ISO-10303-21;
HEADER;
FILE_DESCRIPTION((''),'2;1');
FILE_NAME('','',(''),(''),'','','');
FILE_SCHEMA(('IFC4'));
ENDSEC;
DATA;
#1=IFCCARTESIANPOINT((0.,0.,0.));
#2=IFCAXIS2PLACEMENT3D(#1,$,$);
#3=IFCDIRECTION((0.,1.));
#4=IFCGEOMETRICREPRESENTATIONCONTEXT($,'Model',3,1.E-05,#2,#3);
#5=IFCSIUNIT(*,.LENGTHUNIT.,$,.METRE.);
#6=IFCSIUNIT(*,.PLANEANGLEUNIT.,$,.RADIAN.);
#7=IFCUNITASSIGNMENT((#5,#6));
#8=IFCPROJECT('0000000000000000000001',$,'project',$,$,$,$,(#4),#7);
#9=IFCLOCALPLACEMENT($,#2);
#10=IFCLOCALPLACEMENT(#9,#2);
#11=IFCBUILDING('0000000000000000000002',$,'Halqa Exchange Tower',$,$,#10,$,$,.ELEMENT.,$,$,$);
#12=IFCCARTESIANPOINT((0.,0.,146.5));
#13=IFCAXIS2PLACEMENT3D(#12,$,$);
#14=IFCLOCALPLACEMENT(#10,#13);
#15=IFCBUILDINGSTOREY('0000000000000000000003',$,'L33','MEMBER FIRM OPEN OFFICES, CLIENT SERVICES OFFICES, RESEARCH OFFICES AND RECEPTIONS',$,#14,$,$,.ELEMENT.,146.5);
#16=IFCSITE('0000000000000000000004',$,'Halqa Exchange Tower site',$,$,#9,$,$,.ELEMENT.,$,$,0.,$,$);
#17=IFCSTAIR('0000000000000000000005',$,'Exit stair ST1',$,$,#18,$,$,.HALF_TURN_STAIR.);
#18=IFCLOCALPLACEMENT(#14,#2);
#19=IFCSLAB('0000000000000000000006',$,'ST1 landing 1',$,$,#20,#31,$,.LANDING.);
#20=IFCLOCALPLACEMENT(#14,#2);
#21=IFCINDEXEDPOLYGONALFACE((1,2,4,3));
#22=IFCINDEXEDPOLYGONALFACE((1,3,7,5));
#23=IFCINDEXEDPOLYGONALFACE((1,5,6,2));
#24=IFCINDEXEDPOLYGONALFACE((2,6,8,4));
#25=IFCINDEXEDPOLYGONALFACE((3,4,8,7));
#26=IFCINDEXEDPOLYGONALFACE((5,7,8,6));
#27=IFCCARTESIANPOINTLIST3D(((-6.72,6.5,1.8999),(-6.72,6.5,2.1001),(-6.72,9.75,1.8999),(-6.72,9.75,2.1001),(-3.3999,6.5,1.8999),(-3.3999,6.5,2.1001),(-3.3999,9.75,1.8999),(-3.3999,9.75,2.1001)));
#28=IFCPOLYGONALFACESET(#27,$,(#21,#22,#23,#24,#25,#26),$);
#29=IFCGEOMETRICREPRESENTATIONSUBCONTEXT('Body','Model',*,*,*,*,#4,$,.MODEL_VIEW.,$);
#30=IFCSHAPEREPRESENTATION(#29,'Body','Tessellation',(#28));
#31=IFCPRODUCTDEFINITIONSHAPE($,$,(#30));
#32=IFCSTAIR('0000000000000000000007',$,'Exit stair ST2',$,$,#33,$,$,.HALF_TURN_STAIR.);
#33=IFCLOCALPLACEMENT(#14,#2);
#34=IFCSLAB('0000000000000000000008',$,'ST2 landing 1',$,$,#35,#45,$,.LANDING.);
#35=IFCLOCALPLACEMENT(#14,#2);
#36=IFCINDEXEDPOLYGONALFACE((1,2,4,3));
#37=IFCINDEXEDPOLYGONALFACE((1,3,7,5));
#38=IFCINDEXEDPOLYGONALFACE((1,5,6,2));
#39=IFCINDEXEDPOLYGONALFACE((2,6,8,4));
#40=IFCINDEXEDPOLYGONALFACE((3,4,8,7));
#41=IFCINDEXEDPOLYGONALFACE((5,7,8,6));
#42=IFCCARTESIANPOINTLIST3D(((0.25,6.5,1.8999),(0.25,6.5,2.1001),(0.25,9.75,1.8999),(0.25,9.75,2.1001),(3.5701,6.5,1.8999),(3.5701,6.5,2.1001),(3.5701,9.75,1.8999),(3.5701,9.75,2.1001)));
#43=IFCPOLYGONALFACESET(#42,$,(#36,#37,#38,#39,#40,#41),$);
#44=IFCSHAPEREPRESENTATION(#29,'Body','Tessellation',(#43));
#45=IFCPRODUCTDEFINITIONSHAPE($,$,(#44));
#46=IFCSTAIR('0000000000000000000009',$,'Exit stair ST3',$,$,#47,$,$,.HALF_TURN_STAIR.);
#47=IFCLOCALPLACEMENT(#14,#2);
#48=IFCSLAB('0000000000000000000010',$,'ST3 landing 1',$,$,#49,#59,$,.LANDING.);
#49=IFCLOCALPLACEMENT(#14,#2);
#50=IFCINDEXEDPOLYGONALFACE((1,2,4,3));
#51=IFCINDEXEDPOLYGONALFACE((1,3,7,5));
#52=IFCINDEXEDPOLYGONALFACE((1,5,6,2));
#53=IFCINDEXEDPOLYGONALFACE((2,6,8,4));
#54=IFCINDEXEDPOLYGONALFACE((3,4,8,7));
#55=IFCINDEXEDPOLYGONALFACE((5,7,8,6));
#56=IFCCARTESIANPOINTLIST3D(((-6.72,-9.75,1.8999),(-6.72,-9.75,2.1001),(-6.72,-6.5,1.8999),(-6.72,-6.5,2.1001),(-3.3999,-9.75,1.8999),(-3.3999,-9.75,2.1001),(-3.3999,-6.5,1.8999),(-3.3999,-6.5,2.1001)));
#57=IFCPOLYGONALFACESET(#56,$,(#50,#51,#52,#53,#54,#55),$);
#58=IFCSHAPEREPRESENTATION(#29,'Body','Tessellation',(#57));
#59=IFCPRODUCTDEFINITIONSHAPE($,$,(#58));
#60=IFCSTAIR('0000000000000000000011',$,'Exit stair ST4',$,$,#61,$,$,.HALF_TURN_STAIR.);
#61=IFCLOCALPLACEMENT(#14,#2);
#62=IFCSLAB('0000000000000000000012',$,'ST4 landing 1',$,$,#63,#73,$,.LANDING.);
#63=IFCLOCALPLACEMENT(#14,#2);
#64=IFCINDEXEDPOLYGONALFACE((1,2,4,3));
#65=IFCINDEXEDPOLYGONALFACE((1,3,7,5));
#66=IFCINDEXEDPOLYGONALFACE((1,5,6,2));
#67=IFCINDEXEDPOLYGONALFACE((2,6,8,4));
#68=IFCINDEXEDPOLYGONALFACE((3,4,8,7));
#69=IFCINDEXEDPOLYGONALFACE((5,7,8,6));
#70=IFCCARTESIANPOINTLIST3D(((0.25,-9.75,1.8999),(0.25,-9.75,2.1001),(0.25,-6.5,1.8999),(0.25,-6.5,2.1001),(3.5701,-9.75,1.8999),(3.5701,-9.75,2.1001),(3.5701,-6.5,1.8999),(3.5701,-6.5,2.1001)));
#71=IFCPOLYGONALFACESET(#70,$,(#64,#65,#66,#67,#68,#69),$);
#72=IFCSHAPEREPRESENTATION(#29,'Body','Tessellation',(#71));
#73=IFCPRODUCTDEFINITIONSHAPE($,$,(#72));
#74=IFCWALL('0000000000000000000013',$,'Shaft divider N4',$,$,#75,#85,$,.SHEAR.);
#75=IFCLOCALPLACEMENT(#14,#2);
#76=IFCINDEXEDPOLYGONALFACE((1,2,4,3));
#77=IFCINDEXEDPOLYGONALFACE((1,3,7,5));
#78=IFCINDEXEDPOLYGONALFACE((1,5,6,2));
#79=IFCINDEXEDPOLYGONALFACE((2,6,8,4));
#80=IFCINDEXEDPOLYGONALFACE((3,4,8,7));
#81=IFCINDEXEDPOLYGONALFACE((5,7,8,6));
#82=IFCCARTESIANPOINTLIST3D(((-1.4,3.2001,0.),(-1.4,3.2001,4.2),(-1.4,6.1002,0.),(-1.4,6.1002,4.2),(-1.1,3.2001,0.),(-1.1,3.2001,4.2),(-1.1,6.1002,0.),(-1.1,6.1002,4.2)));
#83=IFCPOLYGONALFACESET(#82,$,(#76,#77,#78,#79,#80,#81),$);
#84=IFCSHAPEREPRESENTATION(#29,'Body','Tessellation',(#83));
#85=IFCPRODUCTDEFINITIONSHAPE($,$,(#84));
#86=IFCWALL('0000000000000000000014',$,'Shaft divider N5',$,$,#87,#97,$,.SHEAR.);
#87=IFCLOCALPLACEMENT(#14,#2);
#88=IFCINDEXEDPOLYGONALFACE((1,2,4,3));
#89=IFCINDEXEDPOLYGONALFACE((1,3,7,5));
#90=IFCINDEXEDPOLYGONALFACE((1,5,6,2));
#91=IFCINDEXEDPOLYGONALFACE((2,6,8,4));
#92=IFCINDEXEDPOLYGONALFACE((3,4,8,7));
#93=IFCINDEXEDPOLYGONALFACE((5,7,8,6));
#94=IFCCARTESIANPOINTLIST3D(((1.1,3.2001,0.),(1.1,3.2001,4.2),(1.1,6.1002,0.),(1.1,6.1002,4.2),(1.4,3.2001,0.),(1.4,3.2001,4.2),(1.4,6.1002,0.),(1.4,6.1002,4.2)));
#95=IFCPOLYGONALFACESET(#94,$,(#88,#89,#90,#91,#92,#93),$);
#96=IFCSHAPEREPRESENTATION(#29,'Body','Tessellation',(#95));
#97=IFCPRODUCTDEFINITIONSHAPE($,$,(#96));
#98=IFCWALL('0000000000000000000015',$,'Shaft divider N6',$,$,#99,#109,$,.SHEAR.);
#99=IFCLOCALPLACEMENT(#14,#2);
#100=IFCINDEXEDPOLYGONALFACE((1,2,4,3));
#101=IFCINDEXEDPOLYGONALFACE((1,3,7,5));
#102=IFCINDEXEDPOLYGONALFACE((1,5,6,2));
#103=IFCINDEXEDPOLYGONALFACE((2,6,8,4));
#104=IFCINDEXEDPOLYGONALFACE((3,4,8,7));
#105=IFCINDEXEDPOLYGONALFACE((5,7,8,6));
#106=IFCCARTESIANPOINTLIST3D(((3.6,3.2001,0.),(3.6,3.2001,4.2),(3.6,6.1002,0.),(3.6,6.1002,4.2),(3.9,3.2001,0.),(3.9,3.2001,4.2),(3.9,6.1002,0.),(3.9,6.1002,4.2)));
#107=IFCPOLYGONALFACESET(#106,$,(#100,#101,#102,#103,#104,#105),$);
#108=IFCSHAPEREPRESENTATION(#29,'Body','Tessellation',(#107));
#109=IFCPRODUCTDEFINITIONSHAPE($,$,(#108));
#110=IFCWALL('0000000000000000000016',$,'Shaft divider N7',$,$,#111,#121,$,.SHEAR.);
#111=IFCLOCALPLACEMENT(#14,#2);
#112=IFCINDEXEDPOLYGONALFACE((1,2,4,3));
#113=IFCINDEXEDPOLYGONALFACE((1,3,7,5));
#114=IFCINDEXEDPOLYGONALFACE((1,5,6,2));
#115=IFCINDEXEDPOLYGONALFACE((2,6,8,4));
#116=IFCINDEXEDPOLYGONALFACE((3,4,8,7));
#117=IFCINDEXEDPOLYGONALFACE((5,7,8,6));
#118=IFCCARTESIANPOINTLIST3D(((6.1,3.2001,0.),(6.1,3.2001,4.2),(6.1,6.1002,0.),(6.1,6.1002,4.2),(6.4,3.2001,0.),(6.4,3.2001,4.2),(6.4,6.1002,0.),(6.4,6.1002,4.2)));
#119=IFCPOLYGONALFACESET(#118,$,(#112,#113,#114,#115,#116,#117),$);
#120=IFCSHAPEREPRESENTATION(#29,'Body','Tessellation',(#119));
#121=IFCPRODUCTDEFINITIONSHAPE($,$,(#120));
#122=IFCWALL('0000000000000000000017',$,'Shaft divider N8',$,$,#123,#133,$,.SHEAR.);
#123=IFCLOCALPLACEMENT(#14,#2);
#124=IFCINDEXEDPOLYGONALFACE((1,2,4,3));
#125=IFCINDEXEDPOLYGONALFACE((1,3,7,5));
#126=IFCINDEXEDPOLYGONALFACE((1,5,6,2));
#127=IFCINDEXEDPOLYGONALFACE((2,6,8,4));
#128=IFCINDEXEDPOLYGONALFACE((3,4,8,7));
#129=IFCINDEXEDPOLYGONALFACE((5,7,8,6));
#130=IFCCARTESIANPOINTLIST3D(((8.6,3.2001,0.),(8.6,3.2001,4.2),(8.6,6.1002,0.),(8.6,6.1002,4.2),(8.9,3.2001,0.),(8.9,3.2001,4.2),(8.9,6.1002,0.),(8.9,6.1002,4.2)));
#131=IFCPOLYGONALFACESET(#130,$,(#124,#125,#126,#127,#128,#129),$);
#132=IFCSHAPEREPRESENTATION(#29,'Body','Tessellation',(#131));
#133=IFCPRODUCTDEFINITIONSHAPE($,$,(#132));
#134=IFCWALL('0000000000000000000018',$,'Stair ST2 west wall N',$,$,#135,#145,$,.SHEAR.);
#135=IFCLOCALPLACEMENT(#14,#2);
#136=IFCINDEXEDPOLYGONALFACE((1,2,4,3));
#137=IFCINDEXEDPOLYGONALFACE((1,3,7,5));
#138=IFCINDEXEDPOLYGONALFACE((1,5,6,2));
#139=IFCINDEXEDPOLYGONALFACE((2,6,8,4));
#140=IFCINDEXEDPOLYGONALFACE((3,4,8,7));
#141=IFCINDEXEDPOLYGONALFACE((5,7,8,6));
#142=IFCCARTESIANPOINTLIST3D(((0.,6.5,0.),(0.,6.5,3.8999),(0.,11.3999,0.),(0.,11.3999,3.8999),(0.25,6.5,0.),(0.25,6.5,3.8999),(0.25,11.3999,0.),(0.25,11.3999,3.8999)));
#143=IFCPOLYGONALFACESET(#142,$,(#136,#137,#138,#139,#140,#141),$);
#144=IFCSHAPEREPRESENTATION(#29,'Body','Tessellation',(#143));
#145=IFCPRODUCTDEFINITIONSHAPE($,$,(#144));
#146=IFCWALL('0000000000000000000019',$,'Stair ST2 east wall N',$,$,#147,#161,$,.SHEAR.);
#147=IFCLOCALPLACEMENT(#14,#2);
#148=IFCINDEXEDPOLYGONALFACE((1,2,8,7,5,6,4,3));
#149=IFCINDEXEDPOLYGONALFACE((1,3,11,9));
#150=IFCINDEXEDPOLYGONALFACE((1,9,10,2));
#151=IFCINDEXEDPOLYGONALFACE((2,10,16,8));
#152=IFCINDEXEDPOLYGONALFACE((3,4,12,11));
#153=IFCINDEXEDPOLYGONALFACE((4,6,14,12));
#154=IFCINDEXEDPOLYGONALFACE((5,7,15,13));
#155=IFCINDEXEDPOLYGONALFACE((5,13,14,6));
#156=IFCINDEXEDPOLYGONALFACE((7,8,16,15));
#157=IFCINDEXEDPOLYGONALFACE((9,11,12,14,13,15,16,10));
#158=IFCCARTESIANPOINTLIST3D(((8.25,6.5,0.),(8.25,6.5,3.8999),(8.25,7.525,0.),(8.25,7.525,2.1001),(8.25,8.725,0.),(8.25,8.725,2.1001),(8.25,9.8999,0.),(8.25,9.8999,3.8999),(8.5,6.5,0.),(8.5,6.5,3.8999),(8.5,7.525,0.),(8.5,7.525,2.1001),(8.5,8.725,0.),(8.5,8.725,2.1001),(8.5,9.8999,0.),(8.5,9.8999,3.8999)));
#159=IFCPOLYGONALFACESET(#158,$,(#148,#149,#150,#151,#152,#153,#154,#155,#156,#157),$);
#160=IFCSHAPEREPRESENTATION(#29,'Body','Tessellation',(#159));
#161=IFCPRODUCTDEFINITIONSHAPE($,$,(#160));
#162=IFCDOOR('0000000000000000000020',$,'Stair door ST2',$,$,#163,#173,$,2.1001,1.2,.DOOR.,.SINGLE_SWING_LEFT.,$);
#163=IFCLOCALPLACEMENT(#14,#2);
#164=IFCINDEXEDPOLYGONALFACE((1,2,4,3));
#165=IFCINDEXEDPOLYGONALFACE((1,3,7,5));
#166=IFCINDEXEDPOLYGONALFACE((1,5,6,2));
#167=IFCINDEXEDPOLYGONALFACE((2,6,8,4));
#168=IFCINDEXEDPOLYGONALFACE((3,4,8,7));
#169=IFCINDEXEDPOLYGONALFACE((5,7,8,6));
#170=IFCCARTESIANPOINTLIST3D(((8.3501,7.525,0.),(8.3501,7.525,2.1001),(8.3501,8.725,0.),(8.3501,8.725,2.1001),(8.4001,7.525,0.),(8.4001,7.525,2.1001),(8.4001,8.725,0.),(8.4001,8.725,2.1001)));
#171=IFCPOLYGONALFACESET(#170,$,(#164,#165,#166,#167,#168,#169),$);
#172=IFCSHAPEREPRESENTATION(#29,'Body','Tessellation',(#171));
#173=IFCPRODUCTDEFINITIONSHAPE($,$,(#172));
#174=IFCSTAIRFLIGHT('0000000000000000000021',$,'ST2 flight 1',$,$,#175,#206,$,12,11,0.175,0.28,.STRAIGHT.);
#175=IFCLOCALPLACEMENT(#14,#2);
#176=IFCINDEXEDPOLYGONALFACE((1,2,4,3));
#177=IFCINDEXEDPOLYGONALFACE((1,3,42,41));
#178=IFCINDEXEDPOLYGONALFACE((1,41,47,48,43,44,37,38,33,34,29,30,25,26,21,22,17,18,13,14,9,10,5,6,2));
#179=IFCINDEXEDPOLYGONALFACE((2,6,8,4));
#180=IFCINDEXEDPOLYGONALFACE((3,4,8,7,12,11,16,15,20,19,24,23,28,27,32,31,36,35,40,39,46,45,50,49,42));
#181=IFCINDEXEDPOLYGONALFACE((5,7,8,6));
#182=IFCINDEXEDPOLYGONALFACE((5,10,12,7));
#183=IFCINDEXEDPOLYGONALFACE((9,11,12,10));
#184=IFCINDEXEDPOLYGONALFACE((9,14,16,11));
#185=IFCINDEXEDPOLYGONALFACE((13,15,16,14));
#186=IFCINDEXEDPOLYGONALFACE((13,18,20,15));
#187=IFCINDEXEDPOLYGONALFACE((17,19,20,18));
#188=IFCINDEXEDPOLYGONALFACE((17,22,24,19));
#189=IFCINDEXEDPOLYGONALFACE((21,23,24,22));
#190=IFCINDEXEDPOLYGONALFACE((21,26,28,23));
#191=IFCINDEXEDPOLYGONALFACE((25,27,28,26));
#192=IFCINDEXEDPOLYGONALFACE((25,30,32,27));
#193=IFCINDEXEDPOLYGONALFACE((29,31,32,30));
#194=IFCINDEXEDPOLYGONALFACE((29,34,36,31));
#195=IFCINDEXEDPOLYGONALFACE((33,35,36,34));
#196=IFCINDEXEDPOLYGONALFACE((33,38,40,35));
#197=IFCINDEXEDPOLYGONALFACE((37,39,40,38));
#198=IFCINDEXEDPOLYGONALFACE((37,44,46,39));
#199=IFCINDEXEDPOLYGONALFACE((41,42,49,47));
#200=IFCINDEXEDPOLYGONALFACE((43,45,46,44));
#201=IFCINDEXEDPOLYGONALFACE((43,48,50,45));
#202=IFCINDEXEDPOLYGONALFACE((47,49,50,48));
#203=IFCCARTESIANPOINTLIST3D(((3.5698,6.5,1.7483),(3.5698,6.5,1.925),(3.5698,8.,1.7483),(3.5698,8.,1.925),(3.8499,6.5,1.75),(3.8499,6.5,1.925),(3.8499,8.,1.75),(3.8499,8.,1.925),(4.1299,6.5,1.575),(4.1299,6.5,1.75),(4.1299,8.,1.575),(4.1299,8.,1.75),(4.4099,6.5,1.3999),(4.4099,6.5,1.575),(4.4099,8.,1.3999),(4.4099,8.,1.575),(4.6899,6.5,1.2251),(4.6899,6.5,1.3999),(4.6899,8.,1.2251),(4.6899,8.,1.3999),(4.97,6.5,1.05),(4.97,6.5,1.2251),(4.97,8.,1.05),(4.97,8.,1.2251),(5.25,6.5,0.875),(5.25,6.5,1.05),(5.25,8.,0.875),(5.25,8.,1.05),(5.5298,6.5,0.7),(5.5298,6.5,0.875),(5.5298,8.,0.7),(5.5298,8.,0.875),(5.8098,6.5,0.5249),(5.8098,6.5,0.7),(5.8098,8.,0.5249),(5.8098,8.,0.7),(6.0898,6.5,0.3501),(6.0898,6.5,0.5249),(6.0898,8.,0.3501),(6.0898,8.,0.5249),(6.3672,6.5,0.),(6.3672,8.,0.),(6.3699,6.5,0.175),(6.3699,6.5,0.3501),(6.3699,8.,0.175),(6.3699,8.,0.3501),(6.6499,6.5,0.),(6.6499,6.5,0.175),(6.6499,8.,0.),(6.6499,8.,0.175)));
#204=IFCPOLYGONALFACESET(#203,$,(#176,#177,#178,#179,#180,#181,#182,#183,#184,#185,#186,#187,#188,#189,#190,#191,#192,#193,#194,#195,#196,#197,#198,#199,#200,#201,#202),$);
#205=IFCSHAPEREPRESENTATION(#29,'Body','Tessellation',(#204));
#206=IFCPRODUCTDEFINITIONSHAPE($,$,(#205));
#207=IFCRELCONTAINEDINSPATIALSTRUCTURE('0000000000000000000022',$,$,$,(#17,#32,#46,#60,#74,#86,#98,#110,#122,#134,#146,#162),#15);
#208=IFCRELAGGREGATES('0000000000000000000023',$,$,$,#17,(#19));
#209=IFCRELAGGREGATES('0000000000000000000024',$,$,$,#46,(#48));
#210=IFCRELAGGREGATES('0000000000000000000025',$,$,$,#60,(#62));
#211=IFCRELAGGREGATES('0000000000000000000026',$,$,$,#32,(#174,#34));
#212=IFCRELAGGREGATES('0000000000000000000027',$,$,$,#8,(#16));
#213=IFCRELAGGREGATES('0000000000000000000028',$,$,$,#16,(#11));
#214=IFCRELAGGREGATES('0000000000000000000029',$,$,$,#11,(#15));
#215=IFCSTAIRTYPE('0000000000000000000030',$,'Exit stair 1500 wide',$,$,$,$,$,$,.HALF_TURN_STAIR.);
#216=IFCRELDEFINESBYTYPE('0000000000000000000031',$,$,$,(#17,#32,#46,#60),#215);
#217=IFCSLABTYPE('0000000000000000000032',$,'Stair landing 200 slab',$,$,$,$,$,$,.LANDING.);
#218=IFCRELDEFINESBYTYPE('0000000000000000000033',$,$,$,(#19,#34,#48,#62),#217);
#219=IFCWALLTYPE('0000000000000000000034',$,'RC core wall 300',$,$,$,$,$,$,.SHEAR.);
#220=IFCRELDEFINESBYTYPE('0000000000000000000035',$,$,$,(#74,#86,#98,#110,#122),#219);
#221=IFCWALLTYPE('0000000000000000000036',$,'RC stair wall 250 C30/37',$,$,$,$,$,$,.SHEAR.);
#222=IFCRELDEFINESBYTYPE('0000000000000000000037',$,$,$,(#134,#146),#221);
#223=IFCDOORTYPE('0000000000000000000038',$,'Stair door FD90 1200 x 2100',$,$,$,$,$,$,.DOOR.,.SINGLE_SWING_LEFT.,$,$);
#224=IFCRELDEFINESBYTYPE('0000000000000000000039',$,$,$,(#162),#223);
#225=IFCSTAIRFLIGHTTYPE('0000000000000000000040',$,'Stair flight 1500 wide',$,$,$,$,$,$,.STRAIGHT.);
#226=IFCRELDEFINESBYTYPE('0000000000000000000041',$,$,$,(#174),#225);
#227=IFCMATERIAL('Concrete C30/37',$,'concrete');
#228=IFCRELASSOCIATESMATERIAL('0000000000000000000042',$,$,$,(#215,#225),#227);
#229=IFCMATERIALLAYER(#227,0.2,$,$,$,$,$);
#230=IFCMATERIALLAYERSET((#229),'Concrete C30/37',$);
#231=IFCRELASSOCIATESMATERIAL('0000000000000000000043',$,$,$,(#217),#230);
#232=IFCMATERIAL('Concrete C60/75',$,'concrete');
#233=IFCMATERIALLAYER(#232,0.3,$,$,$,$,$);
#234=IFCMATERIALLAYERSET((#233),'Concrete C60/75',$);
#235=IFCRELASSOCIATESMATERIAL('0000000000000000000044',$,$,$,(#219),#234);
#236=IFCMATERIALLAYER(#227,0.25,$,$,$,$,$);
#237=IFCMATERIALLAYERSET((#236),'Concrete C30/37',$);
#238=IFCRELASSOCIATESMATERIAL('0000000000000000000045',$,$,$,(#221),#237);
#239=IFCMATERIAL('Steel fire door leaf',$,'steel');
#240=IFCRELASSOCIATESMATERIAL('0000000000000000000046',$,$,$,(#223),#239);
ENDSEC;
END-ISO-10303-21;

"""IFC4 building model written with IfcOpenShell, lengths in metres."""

from ifc_helpers import new_model, si_unit, direction, frame, frame_2d, origin, place, context, subcontext, project, spatial, polyline, rectangle, outline, extrude, material, layer, layer_set, type_object, element, fill, aggregate, save


model = new_model("IFC4")

# Units and contexts
model_context = context("Model", 3, precision=1e-05, world=origin(), true_north=direction((0.0, 1.0)))
body_context = subcontext(model_context, "Body", "Model", "MODEL_VIEW")
ifc_project = project(units=[si_unit("LENGTHUNIT", "METRE"), si_unit("PLANEANGLEUNIT", "RADIAN")], contexts=[model_context])

# Site, building, storey
site_placement = place(None, origin())
site = spatial("IfcSite", under=ifc_project, at=site_placement, Name="Halqa Exchange Tower site", CompositionType="ELEMENT", RefElevation=0.0)
building_placement = place(site_placement, origin())
building = spatial("IfcBuilding", under=site, at=building_placement, Name="Halqa Exchange Tower", CompositionType="ELEMENT")
storey_placement = place(building_placement, frame((0.0, 0.0, 146.5)))
storey = spatial("IfcBuildingStorey", under=building, at=storey_placement, Name="L33", Description="MEMBER FIRM OPEN OFFICES, CLIENT SERVICES OFFICES, RESEARCH OFFICES AND RECEPTIONS", CompositionType="ELEMENT", Elevation=146.5)

# Stairs, slabs
ifc_material_1 = material(Name="Concrete C30/37", Category="concrete")
stair_type = type_object("IfcStairType", Name="Exit stair 1500 wide", PredefinedType="HALF_TURN_STAIR", material=ifc_material_1)
stair_1_placement = place(storey_placement, origin())
stair_1 = element("IfcStair", 1, at=stair_1_placement, inside=storey, type_object=stair_type, Name="Exit stair ST1", PredefinedType="HALF_TURN_STAIR")
ifc_layer_1 = layer(ifc_material_1, 0.2)
ifc_layer_set_1 = layer_set([ifc_layer_1], Name="Concrete C30/37")
slab_type = type_object("IfcSlabType", Name="Stair landing 200 slab", PredefinedType="LANDING", material=ifc_layer_set_1)
slab_1_placement = place(storey_placement, frame((0.0, 0.0, 1.8999)))
slab_1 = element("IfcSlab", 2, at=slab_1_placement, type_object=slab_type, Name="ST1 landing 1", PredefinedType="LANDING", context=body_context, shape_type="SweptSolid", body=[
    extrude(outline(polyline([(-6.72, 6.5), (-3.3999, 6.5), (-3.3999, 9.75), (-6.72, 9.75), (-6.72, 6.5)])), origin(), (0.0, 0.0, 1.0), 0.2002),
])
aggregate(stair_1, [slab_1])
stair_2_placement = place(storey_placement, origin())
stair_2 = element("IfcStair", 3, at=stair_2_placement, inside=storey, type_object=stair_type, Name="Exit stair ST2", PredefinedType="HALF_TURN_STAIR")
slab_2_placement = place(storey_placement, frame((0.0, 0.0, 1.8999)))
slab_2 = element("IfcSlab", 4, at=slab_2_placement, type_object=slab_type, Name="ST2 landing 1", PredefinedType="LANDING", context=body_context, shape_type="SweptSolid", body=[
    extrude(outline(polyline([(0.25, 6.5), (3.5701, 6.5), (3.5701, 9.75), (0.25, 9.75), (0.25, 6.5)])), origin(), (0.0, 0.0, 1.0), 0.2002),
])
stair_3_placement = place(storey_placement, origin())
stair_3 = element("IfcStair", 5, at=stair_3_placement, inside=storey, type_object=stair_type, Name="Exit stair ST3", PredefinedType="HALF_TURN_STAIR")
slab_3_placement = place(storey_placement, frame((0.0, 0.0, 1.8999)))
slab_3 = element("IfcSlab", 6, at=slab_3_placement, type_object=slab_type, Name="ST3 landing 1", PredefinedType="LANDING", context=body_context, shape_type="SweptSolid", body=[
    extrude(outline(polyline([(-6.72, -9.75), (-3.3999, -9.75), (-3.3999, -6.5), (-6.72, -6.5), (-6.72, -9.75)])), origin(), (0.0, 0.0, 1.0), 0.2002),
])
aggregate(stair_3, [slab_3])
stair_4_placement = place(storey_placement, origin())
stair_4 = element("IfcStair", 7, at=stair_4_placement, inside=storey, type_object=stair_type, Name="Exit stair ST4", PredefinedType="HALF_TURN_STAIR")
slab_4_placement = place(storey_placement, frame((0.0, 0.0, 1.8999)))
slab_4 = element("IfcSlab", 8, at=slab_4_placement, type_object=slab_type, Name="ST4 landing 1", PredefinedType="LANDING", context=body_context, shape_type="SweptSolid", body=[
    extrude(outline(polyline([(0.25, -9.75), (3.5701, -9.75), (3.5701, -6.5), (0.25, -6.5), (0.25, -9.75)])), origin(), (0.0, 0.0, 1.0), 0.2002),
])
aggregate(stair_4, [slab_4])

# Walls
ifc_material_2 = material(Name="Concrete C60/75", Category="concrete")
ifc_layer_2 = layer(ifc_material_2, 0.3)
ifc_layer_set_2 = layer_set([ifc_layer_2], Name="Concrete C60/75")
wall_type_1 = type_object("IfcWallType", Name="RC core wall 300", PredefinedType="SHEAR", material=ifc_layer_set_2)
for number, where, z_axis, x_axis, name in (
    (9, (-1.25, 3.2, 0.0), (0.0, 0.0, 1.0), (0.0, 1.0, 0.0), "Shaft divider N4"),
    (10, (1.25, 3.2, 0.0), (0.0, 0.0, 1.0), (0.0, 1.0, 0.0), "Shaft divider N5"),
    (11, (3.75, 3.2, 0.0), (0.0, 0.0, 1.0), (0.0, 1.0, 0.0), "Shaft divider N6"),
    (12, (6.25, 3.2, 0.0), (0.0, 0.0, 1.0), (0.0, 1.0, 0.0), "Shaft divider N7"),
    (13, (8.75, 3.2, 0.0), (0.0, 0.0, 1.0), (0.0, 1.0, 0.0), "Shaft divider N8"),
):
    element("IfcWall", number, at=place(storey_placement, frame(where, z_axis=z_axis, x_axis=x_axis)), inside=storey, type_object=wall_type_1, Name=name, PredefinedType="SHEAR", context=body_context, shape_type="SweptSolid", body=[
        extrude(rectangle(XDim=2.9001, YDim=0.3, at=frame_2d((1.4502, 0.0))), origin(), (0.0, 0.0, 1.0), 4.2),
    ])
ifc_layer_3 = layer(ifc_material_1, 0.25)
ifc_layer_set_3 = layer_set([ifc_layer_3], Name="Concrete C30/37")
wall_type_2 = type_object("IfcWallType", Name="RC stair wall 250 C30/37", PredefinedType="SHEAR", material=ifc_layer_set_3)
wall_1_placement = place(storey_placement, frame((0.125, 6.5, 0.0), z_axis=(0.0, 0.0, 1.0), x_axis=(0.0, 1.0, 0.0)))
element("IfcWall", 14, at=wall_1_placement, inside=storey, type_object=wall_type_2, Name="Stair ST2 west wall N", PredefinedType="SHEAR", context=body_context, shape_type="SweptSolid", body=[
    extrude(rectangle(XDim=4.8999, YDim=0.25, at=frame_2d((2.45, 0.0))), origin(), (0.0, 0.0, 1.0), 3.8999),
])

# Wall, opening, door
wall_2_placement = place(storey_placement, frame((8.375, 6.5, 0.0), z_axis=(0.0, 0.0, 1.0), x_axis=(0.0, 1.0, 0.0)))
wall_2 = element("IfcWall", 15, at=wall_2_placement, inside=storey, type_object=wall_type_2, Name="Stair ST2 east wall N", PredefinedType="SHEAR", context=body_context, shape_type="SweptSolid", body=[
    extrude(rectangle(XDim=3.3999, YDim=0.25, at=frame_2d((1.7, 0.0))), origin(), (0.0, 0.0, 1.0), 3.8999),
])
opening_placement = place(wall_2_placement, frame((1.0249, 0.0, 0.0)))
opening = element("IfcOpeningElement", 16, at=opening_placement, cuts=wall_2, PredefinedType="OPENING", context=body_context, shape_type="SweptSolid", body=[
    extrude(rectangle(XDim=1.2, YDim=2.1001, at=frame_2d((0.6001, 1.05))), frame((0.0, 0.137, 0.0), z_axis=(0.0, -1.0, 0.0), x_axis=(1.0, 0.0, 0.0)), (0.0, 0.0, 1.0), 0.2739),
])
ifc_material_3 = material(Name="Steel fire door leaf", Category="steel")
door_type = type_object("IfcDoorType", Name="Stair door FD90 1200 x 2100", OperationType="SINGLE_SWING_LEFT", PredefinedType="DOOR", material=ifc_material_3)
door_placement = place(opening_placement, origin())
door = element("IfcDoor", 17, at=door_placement, inside=storey, type_object=door_type, Name="Stair door ST2", OperationType="SINGLE_SWING_LEFT", OverallHeight=2.1001, OverallWidth=1.2, PredefinedType="DOOR", context=body_context, shape_type="SweptSolid", body=[
    extrude(rectangle(XDim=1.2, YDim=2.1001, at=frame_2d((0.6001, 1.05))), frame((0.0, 0.0249, 0.0), z_axis=(0.0, -1.0, 0.0), x_axis=(1.0, 0.0, 0.0)), (0.0, 0.0, 1.0), 0.05),
])
fill(opening, door)

# Stair flight
stair_flight_type = type_object("IfcStairFlightType", Name="Stair flight 1500 wide", PredefinedType="STRAIGHT", material=ifc_material_1)
stair_flight_1_placement = place(storey_placement, frame((6.6499, 7.25, 0.0), z_axis=(0.0, 0.0, 1.0), x_axis=(-1.0, 0.0, 0.0)))
stair_flight_1 = element("IfcStairFlight", 18, at=stair_flight_1_placement, type_object=stair_flight_type, Name="ST2 flight 1", NumberOfRisers=12, NumberOfTreads=11, PredefinedType="STRAIGHT", RiserHeight=0.175, TreadLength=0.28, context=body_context, shape_type="SweptSolid", body=[
    extrude(outline(polyline([(0.0, 0.0), (0.0, 0.175), (0.28, 0.175), (0.28, 0.3501), (0.5601, 0.3501), (0.5601, 0.5249), (0.8401, 0.5249), (0.8401, 0.7), (1.1201, 0.7), (1.1201, 0.875), (1.3999, 0.875), (1.3999, 1.05), (1.6799, 1.05), (1.6799, 1.2251), (1.96, 1.2251), (1.96, 1.3999), (2.24, 1.3999), (2.24, 1.575), (2.52, 1.575), (2.52, 1.75), (2.8, 1.75), (2.8, 1.925), (3.0801, 1.925), (3.0801, 2.1001), (3.0801, 1.7483), (0.2827, 0.0), (0.0, 0.0)])), frame((0.0, 0.75, 0.0), z_axis=(0.0, -1.0, 0.0), x_axis=(1.0, 0.0, 0.0)), (0.0, 0.0, 1.0), 1.5),
])
aggregate(stair_2, [stair_flight_1, slab_2])

save(model, "model.ifc")
